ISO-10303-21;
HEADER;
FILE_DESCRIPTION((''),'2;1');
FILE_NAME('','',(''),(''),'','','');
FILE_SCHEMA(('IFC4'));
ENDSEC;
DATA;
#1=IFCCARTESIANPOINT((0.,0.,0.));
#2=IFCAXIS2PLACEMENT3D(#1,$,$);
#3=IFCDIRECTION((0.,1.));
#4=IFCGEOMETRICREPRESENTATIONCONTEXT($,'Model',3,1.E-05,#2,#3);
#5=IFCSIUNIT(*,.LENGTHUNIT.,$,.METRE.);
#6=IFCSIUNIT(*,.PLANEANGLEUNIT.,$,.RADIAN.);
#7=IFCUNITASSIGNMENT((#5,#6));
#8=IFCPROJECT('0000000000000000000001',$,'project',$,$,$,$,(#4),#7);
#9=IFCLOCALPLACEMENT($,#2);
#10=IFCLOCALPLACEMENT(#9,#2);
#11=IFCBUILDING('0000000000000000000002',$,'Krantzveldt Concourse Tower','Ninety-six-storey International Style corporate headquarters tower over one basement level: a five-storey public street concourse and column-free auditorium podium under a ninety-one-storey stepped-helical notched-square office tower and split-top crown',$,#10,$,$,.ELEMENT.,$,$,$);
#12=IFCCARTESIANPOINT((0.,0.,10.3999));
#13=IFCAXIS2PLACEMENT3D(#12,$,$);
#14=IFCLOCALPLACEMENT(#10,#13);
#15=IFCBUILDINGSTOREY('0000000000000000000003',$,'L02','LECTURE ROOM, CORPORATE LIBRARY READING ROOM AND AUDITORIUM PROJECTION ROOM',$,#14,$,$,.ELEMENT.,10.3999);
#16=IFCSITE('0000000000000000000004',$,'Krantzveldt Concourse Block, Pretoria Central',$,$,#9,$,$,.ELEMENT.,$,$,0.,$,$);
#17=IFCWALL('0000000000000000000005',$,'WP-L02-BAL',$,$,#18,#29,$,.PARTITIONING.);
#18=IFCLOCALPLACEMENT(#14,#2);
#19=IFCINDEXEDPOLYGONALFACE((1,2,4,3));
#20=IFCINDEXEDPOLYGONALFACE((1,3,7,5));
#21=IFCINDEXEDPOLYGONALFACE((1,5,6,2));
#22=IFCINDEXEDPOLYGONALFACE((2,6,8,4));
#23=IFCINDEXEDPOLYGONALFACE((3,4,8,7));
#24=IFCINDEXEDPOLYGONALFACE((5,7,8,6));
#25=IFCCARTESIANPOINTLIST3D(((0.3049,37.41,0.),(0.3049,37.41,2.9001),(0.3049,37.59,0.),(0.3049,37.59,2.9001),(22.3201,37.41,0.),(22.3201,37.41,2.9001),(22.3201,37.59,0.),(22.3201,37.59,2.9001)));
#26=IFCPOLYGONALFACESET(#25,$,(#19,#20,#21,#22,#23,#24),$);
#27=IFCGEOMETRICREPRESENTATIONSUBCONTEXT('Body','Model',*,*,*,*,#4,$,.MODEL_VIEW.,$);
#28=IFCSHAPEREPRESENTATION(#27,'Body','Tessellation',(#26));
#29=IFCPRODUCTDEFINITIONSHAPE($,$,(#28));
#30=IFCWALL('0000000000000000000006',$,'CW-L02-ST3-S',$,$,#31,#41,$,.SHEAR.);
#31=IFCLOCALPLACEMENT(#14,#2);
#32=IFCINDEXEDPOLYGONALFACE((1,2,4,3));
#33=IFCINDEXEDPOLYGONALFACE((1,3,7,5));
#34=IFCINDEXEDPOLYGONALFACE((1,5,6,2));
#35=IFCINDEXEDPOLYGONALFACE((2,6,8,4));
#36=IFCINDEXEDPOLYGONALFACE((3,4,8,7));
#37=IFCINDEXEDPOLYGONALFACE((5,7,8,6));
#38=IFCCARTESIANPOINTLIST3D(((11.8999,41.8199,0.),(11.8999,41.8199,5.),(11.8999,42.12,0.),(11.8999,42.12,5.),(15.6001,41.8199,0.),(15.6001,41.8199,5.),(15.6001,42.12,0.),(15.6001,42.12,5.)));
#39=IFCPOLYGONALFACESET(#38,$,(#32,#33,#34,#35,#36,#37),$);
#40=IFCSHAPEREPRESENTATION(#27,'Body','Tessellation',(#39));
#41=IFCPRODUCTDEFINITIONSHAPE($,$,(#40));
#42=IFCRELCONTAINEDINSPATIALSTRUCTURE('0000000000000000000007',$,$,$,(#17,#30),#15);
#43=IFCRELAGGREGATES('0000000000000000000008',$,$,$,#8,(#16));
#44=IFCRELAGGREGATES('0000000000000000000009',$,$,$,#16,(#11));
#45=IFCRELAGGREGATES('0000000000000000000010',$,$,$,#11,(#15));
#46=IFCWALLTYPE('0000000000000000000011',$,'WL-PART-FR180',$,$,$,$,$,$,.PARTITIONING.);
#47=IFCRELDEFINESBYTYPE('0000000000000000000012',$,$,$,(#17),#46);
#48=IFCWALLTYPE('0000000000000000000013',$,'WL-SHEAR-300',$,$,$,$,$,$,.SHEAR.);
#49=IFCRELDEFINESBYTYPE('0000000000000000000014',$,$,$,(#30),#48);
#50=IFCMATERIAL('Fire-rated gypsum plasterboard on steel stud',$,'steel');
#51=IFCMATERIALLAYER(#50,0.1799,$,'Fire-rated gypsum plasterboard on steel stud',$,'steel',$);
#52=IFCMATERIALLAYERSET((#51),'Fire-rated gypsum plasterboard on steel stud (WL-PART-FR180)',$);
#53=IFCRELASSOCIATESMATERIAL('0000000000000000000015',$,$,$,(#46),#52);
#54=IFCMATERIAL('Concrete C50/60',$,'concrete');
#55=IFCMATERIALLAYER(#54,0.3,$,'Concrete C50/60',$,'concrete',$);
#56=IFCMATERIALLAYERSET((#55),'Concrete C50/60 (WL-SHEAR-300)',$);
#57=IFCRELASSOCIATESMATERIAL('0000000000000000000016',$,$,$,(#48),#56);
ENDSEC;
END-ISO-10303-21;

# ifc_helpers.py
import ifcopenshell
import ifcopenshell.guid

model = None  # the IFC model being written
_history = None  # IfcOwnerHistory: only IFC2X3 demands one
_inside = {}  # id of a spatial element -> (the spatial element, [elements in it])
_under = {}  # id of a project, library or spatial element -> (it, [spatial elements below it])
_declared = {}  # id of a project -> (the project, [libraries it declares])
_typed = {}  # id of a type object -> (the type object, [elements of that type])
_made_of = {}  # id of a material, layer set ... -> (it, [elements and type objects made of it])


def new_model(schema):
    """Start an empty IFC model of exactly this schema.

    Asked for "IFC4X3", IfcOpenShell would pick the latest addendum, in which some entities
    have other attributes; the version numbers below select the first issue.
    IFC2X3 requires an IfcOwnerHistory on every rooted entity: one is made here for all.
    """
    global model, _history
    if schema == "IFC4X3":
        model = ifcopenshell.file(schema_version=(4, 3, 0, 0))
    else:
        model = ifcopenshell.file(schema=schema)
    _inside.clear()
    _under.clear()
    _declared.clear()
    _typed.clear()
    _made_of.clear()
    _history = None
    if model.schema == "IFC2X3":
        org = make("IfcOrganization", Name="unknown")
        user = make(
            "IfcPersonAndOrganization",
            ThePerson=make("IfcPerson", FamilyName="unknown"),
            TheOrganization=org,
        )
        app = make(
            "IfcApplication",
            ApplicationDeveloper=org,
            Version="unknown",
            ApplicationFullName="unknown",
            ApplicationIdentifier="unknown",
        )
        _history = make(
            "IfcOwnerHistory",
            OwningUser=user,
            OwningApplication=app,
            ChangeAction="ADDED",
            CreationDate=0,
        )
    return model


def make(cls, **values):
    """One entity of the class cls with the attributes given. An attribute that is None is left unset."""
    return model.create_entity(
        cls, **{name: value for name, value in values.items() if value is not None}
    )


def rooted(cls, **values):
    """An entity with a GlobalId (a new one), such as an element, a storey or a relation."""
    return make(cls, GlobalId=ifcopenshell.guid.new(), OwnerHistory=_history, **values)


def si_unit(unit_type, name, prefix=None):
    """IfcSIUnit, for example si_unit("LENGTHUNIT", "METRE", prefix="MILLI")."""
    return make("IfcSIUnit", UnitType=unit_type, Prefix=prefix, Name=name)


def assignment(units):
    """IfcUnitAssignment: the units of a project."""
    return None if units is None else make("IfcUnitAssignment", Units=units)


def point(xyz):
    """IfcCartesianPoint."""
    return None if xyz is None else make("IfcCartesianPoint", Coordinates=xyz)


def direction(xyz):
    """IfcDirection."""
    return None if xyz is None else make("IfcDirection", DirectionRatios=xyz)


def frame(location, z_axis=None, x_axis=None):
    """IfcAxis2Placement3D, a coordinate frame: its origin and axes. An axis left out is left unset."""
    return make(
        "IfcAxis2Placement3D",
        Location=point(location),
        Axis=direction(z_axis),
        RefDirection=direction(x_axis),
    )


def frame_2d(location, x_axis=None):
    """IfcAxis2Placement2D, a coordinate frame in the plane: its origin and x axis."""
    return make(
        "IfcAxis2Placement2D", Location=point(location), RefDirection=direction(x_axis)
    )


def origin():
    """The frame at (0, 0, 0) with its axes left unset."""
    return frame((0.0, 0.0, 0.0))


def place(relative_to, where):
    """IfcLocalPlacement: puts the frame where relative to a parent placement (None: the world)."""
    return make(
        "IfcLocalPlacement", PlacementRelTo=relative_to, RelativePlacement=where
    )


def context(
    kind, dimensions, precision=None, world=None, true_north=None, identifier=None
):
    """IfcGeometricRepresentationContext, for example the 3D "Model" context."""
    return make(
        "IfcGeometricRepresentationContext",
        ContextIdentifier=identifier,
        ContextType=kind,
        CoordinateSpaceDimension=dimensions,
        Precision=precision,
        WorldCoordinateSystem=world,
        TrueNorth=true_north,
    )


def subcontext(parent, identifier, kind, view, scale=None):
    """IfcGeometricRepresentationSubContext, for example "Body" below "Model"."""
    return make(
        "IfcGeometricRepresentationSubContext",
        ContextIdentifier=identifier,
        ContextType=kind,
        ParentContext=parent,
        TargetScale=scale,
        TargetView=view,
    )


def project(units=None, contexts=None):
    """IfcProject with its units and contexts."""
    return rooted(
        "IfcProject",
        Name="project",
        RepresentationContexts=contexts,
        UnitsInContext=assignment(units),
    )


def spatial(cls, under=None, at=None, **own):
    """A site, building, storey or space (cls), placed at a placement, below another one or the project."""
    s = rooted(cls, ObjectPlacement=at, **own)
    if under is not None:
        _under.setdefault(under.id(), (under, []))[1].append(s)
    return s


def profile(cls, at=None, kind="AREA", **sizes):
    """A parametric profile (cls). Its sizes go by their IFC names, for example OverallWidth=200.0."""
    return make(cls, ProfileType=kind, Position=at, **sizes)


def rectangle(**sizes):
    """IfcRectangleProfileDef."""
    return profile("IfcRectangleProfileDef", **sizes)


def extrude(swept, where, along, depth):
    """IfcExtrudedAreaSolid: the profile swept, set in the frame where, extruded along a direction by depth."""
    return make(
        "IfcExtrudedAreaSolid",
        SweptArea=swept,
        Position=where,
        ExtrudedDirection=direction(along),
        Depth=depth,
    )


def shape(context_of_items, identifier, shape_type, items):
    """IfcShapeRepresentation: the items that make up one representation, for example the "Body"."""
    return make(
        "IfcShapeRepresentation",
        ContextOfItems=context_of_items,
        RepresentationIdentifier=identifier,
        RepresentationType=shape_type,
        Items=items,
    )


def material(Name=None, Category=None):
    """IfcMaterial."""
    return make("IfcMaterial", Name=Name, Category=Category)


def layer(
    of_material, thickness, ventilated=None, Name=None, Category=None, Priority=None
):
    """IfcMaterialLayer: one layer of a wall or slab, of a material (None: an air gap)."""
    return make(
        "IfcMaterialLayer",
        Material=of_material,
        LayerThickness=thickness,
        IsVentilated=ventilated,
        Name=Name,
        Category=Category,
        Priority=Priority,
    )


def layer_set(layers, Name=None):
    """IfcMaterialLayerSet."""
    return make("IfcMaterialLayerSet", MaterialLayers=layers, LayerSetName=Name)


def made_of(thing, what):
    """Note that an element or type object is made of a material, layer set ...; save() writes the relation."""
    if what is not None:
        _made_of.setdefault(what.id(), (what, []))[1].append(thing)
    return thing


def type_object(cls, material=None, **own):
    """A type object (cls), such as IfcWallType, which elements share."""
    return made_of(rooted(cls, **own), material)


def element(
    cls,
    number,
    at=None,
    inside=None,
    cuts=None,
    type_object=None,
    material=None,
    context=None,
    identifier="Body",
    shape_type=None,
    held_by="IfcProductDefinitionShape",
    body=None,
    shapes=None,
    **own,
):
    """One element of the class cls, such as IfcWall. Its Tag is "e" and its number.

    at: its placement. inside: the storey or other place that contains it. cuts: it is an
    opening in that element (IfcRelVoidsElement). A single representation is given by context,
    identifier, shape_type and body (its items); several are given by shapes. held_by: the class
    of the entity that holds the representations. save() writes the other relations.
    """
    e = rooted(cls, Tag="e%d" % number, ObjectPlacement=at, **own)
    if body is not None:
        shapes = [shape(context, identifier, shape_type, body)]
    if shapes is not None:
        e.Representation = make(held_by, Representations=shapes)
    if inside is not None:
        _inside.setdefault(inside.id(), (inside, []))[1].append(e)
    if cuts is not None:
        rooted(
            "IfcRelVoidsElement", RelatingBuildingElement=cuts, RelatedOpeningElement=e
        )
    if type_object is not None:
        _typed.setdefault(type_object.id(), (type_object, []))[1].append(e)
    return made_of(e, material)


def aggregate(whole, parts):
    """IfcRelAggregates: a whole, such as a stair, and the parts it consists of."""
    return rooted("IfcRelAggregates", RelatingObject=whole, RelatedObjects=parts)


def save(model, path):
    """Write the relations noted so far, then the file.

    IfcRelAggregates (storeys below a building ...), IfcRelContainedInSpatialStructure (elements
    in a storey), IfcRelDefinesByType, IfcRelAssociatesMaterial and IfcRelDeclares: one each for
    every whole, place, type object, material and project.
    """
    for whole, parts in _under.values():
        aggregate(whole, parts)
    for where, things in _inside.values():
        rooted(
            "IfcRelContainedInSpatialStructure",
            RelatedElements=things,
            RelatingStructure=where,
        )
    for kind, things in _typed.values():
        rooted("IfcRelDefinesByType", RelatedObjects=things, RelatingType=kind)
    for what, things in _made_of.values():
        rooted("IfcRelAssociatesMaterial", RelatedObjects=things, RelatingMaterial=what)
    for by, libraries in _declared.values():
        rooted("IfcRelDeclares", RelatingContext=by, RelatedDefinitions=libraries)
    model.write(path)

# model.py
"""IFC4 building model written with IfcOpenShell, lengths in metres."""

from ifc_helpers import new_model, si_unit, direction, frame, frame_2d, origin, place, context, subcontext, project, spatial, rectangle, extrude, material, layer, layer_set, type_object, element, save


model = new_model("IFC4")

# Units and contexts
model_context = context("Model", 3, precision=1e-05, world=origin(), true_north=direction((0.0, 1.0)))
body_context = subcontext(model_context, "Body", "Model", "MODEL_VIEW")
ifc_project = project(units=[si_unit("LENGTHUNIT", "METRE"), si_unit("PLANEANGLEUNIT", "RADIAN")], contexts=[model_context])

# Site, building, storey
site_placement = place(None, origin())
site = spatial("IfcSite", under=ifc_project, at=site_placement, Name="Krantzveldt Concourse Block, Pretoria Central", CompositionType="ELEMENT", RefElevation=0.0)
building_placement = place(site_placement, origin())
building = spatial("IfcBuilding", under=site, at=building_placement, Name="Krantzveldt Concourse Tower", Description="Ninety-six-storey International Style corporate headquarters tower over one basement level: a five-storey public street concourse and column-free auditorium podium under a ninety-one-storey stepped-helical notched-square office tower and split-top crown", CompositionType="ELEMENT")
storey_placement = place(building_placement, frame((0.0, 0.0, 10.3999)))
storey = spatial("IfcBuildingStorey", under=building, at=storey_placement, Name="L02", Description="LECTURE ROOM, CORPORATE LIBRARY READING ROOM AND AUDITORIUM PROJECTION ROOM", CompositionType="ELEMENT", Elevation=10.3999)

# Shared definitions
ifc_material_1 = material(Name="Concrete C50/60", Category="concrete")

# Walls
ifc_material_2 = material(Name="Fire-rated gypsum plasterboard on steel stud", Category="steel")
ifc_layer_1 = layer(ifc_material_2, 0.1799, Name="Fire-rated gypsum plasterboard on steel stud", Category="steel")
ifc_layer_set_1 = layer_set([ifc_layer_1], Name="Fire-rated gypsum plasterboard on steel stud (WL-PART-FR180)")
wall_type_1 = type_object("IfcWallType", Name="WL-PART-FR180", PredefinedType="PARTITIONING", material=ifc_layer_set_1)
wall_1_placement = place(storey_placement, frame((0.3049, 37.5, 0.0), z_axis=(0.0, 0.0, 1.0), x_axis=(1.0, 0.0, 0.0)))
element("IfcWall", 1, at=wall_1_placement, inside=storey, type_object=wall_type_1, Name="WP-L02-BAL", PredefinedType="PARTITIONING", context=body_context, shape_type="SweptSolid", body=[
    extrude(rectangle(XDim=22.0151, YDim=0.1799, at=frame_2d((11.0076, 0.0))), origin(), (0.0, 0.0, 1.0), 2.9001),
])
ifc_layer_2 = layer(ifc_material_1, 0.3, Name="Concrete C50/60", Category="concrete")
ifc_layer_set_2 = layer_set([ifc_layer_2], Name="Concrete C50/60 (WL-SHEAR-300)")
wall_type_2 = type_object("IfcWallType", Name="WL-SHEAR-300", PredefinedType="SHEAR", material=ifc_layer_set_2)
wall_2_placement = place(storey_placement, frame((11.8999, 41.97, 0.0), z_axis=(0.0, 0.0, 1.0), x_axis=(1.0, 0.0, 0.0)))
element("IfcWall", 2, at=wall_2_placement, inside=storey, type_object=wall_type_2, Name="CW-L02-ST3-S", PredefinedType="SHEAR", context=body_context, shape_type="SweptSolid", body=[
    extrude(rectangle(XDim=3.7002, YDim=0.3, at=frame_2d((1.8501, 0.0))), origin(), (0.0, 0.0, 1.0), 5.0),
])

save(model, "model.ifc")
